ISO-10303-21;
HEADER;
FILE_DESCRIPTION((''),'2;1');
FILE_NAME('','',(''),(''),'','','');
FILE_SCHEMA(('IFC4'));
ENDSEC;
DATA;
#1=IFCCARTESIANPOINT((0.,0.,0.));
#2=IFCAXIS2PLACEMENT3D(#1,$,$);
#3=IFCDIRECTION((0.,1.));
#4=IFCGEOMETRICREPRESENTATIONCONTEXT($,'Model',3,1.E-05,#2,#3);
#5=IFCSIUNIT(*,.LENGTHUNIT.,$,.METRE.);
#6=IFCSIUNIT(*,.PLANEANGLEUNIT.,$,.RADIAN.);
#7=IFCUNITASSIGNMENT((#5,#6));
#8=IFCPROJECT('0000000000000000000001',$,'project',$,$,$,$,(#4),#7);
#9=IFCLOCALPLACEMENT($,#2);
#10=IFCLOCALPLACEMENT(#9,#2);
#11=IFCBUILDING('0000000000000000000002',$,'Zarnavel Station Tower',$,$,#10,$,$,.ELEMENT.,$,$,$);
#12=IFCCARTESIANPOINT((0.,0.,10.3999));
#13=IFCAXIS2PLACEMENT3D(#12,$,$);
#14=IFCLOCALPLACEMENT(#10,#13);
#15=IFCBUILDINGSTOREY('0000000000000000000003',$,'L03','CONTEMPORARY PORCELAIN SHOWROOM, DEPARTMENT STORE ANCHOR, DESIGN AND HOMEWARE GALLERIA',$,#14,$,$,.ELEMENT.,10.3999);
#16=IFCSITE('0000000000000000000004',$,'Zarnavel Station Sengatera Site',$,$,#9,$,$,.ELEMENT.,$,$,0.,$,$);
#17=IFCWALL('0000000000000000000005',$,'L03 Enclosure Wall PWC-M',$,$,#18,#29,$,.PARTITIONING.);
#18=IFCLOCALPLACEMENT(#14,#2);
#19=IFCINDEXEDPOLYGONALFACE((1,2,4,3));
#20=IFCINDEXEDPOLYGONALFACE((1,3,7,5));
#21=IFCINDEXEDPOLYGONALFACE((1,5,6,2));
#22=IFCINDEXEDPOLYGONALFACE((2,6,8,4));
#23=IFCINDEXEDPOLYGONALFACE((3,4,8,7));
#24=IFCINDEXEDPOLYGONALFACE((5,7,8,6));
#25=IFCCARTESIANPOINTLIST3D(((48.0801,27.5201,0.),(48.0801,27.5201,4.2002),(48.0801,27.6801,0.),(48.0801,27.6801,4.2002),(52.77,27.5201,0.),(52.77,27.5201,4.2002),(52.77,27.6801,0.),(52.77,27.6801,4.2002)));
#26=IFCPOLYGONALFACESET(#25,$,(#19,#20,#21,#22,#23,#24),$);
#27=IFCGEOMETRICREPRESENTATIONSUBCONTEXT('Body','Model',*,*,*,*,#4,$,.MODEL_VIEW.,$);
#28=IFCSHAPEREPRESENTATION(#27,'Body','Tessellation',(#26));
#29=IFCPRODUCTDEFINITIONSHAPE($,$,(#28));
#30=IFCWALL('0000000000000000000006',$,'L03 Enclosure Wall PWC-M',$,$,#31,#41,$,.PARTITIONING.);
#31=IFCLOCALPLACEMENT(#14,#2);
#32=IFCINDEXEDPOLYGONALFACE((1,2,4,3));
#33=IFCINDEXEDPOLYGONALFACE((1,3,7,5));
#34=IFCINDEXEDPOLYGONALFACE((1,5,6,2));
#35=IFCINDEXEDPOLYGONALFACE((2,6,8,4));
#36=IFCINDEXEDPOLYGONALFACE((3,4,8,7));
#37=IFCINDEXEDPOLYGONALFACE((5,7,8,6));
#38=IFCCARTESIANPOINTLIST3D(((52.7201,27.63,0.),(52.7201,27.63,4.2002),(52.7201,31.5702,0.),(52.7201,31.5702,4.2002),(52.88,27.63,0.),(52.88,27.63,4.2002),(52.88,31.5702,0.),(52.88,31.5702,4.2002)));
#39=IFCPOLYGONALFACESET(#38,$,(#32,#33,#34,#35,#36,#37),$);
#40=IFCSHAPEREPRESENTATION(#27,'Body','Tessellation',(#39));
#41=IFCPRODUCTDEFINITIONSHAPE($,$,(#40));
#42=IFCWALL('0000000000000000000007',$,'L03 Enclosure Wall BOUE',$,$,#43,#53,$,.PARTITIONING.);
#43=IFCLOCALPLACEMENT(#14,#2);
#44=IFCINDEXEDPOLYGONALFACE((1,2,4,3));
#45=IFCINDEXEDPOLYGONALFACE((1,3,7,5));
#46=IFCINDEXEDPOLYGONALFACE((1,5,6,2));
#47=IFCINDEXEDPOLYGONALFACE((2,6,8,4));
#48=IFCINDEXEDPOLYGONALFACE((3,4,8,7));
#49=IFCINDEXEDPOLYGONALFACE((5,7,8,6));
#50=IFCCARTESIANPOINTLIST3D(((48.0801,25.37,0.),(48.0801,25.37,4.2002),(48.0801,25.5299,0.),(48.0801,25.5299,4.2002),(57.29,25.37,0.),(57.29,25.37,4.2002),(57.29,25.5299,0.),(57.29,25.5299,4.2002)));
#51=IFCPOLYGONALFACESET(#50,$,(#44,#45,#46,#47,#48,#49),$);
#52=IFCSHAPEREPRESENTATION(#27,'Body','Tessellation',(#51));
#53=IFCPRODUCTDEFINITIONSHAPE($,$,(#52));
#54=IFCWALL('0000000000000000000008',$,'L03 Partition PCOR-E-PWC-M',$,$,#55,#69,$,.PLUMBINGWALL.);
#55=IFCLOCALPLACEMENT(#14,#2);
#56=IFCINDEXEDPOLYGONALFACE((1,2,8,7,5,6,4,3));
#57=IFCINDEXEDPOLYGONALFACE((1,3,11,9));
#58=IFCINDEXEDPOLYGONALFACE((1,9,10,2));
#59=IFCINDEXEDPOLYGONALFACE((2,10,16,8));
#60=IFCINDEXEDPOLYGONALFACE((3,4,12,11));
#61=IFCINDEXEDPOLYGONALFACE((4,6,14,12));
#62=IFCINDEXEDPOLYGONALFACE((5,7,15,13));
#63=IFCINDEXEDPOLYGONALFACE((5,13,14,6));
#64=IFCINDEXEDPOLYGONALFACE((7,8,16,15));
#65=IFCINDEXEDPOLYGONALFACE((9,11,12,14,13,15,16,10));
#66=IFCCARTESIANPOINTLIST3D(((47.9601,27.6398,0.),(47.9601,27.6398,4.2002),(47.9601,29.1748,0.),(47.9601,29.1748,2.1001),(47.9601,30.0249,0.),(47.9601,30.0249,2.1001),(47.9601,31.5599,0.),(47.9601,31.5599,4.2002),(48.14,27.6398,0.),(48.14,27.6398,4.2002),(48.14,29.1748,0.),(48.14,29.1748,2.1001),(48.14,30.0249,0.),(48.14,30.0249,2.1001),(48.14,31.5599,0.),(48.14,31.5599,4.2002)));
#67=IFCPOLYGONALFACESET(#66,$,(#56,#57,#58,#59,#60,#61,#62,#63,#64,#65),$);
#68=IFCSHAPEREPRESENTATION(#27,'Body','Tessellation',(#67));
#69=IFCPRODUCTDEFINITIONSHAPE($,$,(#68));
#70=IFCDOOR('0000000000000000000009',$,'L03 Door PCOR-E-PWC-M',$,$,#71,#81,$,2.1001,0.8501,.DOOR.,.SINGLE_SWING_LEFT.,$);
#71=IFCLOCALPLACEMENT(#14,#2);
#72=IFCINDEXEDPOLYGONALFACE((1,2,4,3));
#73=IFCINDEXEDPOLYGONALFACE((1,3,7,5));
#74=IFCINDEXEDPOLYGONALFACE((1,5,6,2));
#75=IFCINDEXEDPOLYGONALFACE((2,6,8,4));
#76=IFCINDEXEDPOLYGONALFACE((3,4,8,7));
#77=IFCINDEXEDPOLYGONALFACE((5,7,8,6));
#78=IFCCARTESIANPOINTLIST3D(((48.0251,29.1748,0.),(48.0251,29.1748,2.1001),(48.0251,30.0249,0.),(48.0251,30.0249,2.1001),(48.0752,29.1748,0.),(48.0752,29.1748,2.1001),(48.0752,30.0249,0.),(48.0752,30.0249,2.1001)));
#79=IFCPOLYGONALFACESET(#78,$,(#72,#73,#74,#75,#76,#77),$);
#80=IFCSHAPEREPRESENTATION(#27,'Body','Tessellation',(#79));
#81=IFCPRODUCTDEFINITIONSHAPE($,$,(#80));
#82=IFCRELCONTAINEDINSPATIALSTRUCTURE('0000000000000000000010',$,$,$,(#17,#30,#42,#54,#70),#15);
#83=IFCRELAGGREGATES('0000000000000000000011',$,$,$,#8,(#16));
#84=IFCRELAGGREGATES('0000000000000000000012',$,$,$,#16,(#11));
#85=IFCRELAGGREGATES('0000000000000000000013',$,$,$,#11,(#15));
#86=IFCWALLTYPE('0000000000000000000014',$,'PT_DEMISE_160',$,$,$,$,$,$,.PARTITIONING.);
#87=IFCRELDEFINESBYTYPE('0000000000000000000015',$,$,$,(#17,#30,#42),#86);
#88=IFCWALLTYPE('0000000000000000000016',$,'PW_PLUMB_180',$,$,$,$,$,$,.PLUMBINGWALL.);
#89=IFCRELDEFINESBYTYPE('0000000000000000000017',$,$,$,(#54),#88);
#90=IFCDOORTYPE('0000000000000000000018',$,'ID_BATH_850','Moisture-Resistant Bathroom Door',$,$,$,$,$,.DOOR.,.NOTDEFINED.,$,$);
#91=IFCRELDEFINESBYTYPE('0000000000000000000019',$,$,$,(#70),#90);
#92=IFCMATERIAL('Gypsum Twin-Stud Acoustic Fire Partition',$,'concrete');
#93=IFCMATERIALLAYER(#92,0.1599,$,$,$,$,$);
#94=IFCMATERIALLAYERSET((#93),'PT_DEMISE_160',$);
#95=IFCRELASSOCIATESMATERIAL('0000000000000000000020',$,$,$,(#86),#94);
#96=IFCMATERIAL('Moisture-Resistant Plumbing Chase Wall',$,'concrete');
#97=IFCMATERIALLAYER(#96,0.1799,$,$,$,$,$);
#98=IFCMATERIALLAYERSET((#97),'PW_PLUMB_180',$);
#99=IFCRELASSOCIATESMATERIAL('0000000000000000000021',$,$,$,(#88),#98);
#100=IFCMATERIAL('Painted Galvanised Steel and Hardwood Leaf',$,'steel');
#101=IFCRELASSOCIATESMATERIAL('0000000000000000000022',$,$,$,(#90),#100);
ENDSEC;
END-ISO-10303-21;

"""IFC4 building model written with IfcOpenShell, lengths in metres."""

from ifc_helpers import new_model, si_unit, direction, frame, frame_2d, origin, place, context, subcontext, project, spatial, rectangle, extrude, material, layer, layer_set, type_object, element, fill, save


model = new_model("IFC4")

# Units and contexts
model_context = context("Model", 3, precision=1e-05, world=origin(), true_north=direction((0.0, 1.0)))
body_context = subcontext(model_context, "Body", "Model", "MODEL_VIEW")
ifc_project = project(units=[si_unit("LENGTHUNIT", "METRE"), si_unit("PLANEANGLEUNIT", "RADIAN")], contexts=[model_context])

# Site, building, storey
site_placement = place(None, origin())
site = spatial("IfcSite", under=ifc_project, at=site_placement, Name="Zarnavel Station Sengatera Site", CompositionType="ELEMENT", RefElevation=0.0)
building_placement = place(site_placement, origin())
building = spatial("IfcBuilding", under=site, at=building_placement, Name="Zarnavel Station Tower", CompositionType="ELEMENT")
storey_placement = place(building_placement, frame((0.0, 0.0, 10.3999)))
storey = spatial("IfcBuildingStorey", under=building, at=storey_placement, Name="L03", Description="CONTEMPORARY PORCELAIN SHOWROOM, DEPARTMENT STORE ANCHOR, DESIGN AND HOMEWARE GALLERIA", CompositionType="ELEMENT", Elevation=10.3999)

# Walls
ifc_material_1 = material(Name="Gypsum Twin-Stud Acoustic Fire Partition", Category="concrete")
ifc_layer_1 = layer(ifc_material_1, 0.1599)
ifc_layer_set_1 = layer_set([ifc_layer_1], Name="PT_DEMISE_160")
wall_type_1 = type_object("IfcWallType", Name="PT_DEMISE_160", PredefinedType="PARTITIONING", material=ifc_layer_set_1)
wall_1_placement = place(storey_placement, frame((48.0801, 27.6001, 0.0), z_axis=(0.0, 0.0, 1.0), x_axis=(1.0, 0.0, 0.0)))
element("IfcWall", 1, at=wall_1_placement, inside=storey, type_object=wall_type_1, Name="L03 Enclosure Wall PWC-M", PredefinedType="PARTITIONING", context=body_context, shape_type="SweptSolid", body=[
    extrude(rectangle(XDim=4.6899, YDim=0.1599, at=frame_2d((2.345, 0.0))), origin(), (0.0, 0.0, 1.0), 4.2002),
])
wall_2_placement = place(storey_placement, frame((52.8, 27.6299, 0.0), z_axis=(0.0, 0.0, 1.0), x_axis=(0.0, 1.0, 0.0)))
element("IfcWall", 2, at=wall_2_placement, inside=storey, type_object=wall_type_1, Name="L03 Enclosure Wall PWC-M", PredefinedType="PARTITIONING", context=body_context, shape_type="SweptSolid", body=[
    extrude(rectangle(XDim=3.9402, YDim=0.1599, at=frame_2d((1.9702, 0.0))), origin(), (0.0, 0.0, 1.0), 4.2002),
])
wall_3_placement = place(storey_placement, frame((48.0801, 25.45, 0.0), z_axis=(0.0, 0.0, 1.0), x_axis=(1.0, 0.0, 0.0)))
element("IfcWall", 3, at=wall_3_placement, inside=storey, type_object=wall_type_1, Name="L03 Enclosure Wall BOUE", PredefinedType="PARTITIONING", context=body_context, shape_type="SweptSolid", body=[
    extrude(rectangle(XDim=9.21, YDim=0.1599, at=frame_2d((4.605, 0.0))), origin(), (0.0, 0.0, 1.0), 4.2002),
])

# Wall, opening, door
ifc_material_2 = material(Name="Moisture-Resistant Plumbing Chase Wall", Category="concrete")
ifc_layer_2 = layer(ifc_material_2, 0.1799)
ifc_layer_set_2 = layer_set([ifc_layer_2], Name="PW_PLUMB_180")
wall_type_2 = type_object("IfcWallType", Name="PW_PLUMB_180", PredefinedType="PLUMBINGWALL", material=ifc_layer_set_2)
wall_4_placement = place(storey_placement, frame((48.05, 27.6399, 0.0), z_axis=(0.0, 0.0, 1.0), x_axis=(0.0, 1.0, 0.0)))
wall_4 = element("IfcWall", 4, at=wall_4_placement, inside=storey, type_object=wall_type_2, Name="L03 Partition PCOR-E-PWC-M", PredefinedType="PLUMBINGWALL", context=body_context, shape_type="SweptSolid", body=[
    extrude(rectangle(XDim=3.9202, YDim=0.1799, at=frame_2d((1.96, 0.0))), origin(), (0.0, 0.0, 1.0), 4.2002),
])
opening_placement = place(wall_4_placement, frame((1.5349, 0.0, 0.0)))
opening = element("IfcOpeningElement", 5, at=opening_placement, cuts=wall_4, PredefinedType="OPENING", context=body_context, shape_type="SweptSolid", body=[
    extrude(rectangle(XDim=0.8501, YDim=2.1001, at=frame_2d((0.425, 1.05))), frame((0.0, 0.0999, 0.0), z_axis=(0.0, -1.0, 0.0), x_axis=(1.0, 0.0, 0.0)), (0.0, 0.0, 1.0), 0.2),
])
ifc_material_3 = material(Name="Painted Galvanised Steel and Hardwood Leaf", Category="steel")
door_type = type_object("IfcDoorType", Name="ID_BATH_850", Description="Moisture-Resistant Bathroom Door", OperationType="NOTDEFINED", PredefinedType="DOOR", material=ifc_material_3)
door_placement = place(opening_placement, origin())
door = element("IfcDoor", 6, at=door_placement, inside=storey, type_object=door_type, Name="L03 Door PCOR-E-PWC-M", OperationType="SINGLE_SWING_LEFT", OverallHeight=2.1001, OverallWidth=0.8501, PredefinedType="DOOR", context=body_context, shape_type="SweptSolid", body=[
    extrude(rectangle(XDim=0.8501, YDim=2.1001, at=frame_2d((0.425, 1.05))), frame((0.0, 0.0249, 0.0), z_axis=(0.0, -1.0, 0.0), x_axis=(1.0, 0.0, 0.0)), (0.0, 0.0, 1.0), 0.05),
])
fill(opening, door)

save(model, "model.ifc")
